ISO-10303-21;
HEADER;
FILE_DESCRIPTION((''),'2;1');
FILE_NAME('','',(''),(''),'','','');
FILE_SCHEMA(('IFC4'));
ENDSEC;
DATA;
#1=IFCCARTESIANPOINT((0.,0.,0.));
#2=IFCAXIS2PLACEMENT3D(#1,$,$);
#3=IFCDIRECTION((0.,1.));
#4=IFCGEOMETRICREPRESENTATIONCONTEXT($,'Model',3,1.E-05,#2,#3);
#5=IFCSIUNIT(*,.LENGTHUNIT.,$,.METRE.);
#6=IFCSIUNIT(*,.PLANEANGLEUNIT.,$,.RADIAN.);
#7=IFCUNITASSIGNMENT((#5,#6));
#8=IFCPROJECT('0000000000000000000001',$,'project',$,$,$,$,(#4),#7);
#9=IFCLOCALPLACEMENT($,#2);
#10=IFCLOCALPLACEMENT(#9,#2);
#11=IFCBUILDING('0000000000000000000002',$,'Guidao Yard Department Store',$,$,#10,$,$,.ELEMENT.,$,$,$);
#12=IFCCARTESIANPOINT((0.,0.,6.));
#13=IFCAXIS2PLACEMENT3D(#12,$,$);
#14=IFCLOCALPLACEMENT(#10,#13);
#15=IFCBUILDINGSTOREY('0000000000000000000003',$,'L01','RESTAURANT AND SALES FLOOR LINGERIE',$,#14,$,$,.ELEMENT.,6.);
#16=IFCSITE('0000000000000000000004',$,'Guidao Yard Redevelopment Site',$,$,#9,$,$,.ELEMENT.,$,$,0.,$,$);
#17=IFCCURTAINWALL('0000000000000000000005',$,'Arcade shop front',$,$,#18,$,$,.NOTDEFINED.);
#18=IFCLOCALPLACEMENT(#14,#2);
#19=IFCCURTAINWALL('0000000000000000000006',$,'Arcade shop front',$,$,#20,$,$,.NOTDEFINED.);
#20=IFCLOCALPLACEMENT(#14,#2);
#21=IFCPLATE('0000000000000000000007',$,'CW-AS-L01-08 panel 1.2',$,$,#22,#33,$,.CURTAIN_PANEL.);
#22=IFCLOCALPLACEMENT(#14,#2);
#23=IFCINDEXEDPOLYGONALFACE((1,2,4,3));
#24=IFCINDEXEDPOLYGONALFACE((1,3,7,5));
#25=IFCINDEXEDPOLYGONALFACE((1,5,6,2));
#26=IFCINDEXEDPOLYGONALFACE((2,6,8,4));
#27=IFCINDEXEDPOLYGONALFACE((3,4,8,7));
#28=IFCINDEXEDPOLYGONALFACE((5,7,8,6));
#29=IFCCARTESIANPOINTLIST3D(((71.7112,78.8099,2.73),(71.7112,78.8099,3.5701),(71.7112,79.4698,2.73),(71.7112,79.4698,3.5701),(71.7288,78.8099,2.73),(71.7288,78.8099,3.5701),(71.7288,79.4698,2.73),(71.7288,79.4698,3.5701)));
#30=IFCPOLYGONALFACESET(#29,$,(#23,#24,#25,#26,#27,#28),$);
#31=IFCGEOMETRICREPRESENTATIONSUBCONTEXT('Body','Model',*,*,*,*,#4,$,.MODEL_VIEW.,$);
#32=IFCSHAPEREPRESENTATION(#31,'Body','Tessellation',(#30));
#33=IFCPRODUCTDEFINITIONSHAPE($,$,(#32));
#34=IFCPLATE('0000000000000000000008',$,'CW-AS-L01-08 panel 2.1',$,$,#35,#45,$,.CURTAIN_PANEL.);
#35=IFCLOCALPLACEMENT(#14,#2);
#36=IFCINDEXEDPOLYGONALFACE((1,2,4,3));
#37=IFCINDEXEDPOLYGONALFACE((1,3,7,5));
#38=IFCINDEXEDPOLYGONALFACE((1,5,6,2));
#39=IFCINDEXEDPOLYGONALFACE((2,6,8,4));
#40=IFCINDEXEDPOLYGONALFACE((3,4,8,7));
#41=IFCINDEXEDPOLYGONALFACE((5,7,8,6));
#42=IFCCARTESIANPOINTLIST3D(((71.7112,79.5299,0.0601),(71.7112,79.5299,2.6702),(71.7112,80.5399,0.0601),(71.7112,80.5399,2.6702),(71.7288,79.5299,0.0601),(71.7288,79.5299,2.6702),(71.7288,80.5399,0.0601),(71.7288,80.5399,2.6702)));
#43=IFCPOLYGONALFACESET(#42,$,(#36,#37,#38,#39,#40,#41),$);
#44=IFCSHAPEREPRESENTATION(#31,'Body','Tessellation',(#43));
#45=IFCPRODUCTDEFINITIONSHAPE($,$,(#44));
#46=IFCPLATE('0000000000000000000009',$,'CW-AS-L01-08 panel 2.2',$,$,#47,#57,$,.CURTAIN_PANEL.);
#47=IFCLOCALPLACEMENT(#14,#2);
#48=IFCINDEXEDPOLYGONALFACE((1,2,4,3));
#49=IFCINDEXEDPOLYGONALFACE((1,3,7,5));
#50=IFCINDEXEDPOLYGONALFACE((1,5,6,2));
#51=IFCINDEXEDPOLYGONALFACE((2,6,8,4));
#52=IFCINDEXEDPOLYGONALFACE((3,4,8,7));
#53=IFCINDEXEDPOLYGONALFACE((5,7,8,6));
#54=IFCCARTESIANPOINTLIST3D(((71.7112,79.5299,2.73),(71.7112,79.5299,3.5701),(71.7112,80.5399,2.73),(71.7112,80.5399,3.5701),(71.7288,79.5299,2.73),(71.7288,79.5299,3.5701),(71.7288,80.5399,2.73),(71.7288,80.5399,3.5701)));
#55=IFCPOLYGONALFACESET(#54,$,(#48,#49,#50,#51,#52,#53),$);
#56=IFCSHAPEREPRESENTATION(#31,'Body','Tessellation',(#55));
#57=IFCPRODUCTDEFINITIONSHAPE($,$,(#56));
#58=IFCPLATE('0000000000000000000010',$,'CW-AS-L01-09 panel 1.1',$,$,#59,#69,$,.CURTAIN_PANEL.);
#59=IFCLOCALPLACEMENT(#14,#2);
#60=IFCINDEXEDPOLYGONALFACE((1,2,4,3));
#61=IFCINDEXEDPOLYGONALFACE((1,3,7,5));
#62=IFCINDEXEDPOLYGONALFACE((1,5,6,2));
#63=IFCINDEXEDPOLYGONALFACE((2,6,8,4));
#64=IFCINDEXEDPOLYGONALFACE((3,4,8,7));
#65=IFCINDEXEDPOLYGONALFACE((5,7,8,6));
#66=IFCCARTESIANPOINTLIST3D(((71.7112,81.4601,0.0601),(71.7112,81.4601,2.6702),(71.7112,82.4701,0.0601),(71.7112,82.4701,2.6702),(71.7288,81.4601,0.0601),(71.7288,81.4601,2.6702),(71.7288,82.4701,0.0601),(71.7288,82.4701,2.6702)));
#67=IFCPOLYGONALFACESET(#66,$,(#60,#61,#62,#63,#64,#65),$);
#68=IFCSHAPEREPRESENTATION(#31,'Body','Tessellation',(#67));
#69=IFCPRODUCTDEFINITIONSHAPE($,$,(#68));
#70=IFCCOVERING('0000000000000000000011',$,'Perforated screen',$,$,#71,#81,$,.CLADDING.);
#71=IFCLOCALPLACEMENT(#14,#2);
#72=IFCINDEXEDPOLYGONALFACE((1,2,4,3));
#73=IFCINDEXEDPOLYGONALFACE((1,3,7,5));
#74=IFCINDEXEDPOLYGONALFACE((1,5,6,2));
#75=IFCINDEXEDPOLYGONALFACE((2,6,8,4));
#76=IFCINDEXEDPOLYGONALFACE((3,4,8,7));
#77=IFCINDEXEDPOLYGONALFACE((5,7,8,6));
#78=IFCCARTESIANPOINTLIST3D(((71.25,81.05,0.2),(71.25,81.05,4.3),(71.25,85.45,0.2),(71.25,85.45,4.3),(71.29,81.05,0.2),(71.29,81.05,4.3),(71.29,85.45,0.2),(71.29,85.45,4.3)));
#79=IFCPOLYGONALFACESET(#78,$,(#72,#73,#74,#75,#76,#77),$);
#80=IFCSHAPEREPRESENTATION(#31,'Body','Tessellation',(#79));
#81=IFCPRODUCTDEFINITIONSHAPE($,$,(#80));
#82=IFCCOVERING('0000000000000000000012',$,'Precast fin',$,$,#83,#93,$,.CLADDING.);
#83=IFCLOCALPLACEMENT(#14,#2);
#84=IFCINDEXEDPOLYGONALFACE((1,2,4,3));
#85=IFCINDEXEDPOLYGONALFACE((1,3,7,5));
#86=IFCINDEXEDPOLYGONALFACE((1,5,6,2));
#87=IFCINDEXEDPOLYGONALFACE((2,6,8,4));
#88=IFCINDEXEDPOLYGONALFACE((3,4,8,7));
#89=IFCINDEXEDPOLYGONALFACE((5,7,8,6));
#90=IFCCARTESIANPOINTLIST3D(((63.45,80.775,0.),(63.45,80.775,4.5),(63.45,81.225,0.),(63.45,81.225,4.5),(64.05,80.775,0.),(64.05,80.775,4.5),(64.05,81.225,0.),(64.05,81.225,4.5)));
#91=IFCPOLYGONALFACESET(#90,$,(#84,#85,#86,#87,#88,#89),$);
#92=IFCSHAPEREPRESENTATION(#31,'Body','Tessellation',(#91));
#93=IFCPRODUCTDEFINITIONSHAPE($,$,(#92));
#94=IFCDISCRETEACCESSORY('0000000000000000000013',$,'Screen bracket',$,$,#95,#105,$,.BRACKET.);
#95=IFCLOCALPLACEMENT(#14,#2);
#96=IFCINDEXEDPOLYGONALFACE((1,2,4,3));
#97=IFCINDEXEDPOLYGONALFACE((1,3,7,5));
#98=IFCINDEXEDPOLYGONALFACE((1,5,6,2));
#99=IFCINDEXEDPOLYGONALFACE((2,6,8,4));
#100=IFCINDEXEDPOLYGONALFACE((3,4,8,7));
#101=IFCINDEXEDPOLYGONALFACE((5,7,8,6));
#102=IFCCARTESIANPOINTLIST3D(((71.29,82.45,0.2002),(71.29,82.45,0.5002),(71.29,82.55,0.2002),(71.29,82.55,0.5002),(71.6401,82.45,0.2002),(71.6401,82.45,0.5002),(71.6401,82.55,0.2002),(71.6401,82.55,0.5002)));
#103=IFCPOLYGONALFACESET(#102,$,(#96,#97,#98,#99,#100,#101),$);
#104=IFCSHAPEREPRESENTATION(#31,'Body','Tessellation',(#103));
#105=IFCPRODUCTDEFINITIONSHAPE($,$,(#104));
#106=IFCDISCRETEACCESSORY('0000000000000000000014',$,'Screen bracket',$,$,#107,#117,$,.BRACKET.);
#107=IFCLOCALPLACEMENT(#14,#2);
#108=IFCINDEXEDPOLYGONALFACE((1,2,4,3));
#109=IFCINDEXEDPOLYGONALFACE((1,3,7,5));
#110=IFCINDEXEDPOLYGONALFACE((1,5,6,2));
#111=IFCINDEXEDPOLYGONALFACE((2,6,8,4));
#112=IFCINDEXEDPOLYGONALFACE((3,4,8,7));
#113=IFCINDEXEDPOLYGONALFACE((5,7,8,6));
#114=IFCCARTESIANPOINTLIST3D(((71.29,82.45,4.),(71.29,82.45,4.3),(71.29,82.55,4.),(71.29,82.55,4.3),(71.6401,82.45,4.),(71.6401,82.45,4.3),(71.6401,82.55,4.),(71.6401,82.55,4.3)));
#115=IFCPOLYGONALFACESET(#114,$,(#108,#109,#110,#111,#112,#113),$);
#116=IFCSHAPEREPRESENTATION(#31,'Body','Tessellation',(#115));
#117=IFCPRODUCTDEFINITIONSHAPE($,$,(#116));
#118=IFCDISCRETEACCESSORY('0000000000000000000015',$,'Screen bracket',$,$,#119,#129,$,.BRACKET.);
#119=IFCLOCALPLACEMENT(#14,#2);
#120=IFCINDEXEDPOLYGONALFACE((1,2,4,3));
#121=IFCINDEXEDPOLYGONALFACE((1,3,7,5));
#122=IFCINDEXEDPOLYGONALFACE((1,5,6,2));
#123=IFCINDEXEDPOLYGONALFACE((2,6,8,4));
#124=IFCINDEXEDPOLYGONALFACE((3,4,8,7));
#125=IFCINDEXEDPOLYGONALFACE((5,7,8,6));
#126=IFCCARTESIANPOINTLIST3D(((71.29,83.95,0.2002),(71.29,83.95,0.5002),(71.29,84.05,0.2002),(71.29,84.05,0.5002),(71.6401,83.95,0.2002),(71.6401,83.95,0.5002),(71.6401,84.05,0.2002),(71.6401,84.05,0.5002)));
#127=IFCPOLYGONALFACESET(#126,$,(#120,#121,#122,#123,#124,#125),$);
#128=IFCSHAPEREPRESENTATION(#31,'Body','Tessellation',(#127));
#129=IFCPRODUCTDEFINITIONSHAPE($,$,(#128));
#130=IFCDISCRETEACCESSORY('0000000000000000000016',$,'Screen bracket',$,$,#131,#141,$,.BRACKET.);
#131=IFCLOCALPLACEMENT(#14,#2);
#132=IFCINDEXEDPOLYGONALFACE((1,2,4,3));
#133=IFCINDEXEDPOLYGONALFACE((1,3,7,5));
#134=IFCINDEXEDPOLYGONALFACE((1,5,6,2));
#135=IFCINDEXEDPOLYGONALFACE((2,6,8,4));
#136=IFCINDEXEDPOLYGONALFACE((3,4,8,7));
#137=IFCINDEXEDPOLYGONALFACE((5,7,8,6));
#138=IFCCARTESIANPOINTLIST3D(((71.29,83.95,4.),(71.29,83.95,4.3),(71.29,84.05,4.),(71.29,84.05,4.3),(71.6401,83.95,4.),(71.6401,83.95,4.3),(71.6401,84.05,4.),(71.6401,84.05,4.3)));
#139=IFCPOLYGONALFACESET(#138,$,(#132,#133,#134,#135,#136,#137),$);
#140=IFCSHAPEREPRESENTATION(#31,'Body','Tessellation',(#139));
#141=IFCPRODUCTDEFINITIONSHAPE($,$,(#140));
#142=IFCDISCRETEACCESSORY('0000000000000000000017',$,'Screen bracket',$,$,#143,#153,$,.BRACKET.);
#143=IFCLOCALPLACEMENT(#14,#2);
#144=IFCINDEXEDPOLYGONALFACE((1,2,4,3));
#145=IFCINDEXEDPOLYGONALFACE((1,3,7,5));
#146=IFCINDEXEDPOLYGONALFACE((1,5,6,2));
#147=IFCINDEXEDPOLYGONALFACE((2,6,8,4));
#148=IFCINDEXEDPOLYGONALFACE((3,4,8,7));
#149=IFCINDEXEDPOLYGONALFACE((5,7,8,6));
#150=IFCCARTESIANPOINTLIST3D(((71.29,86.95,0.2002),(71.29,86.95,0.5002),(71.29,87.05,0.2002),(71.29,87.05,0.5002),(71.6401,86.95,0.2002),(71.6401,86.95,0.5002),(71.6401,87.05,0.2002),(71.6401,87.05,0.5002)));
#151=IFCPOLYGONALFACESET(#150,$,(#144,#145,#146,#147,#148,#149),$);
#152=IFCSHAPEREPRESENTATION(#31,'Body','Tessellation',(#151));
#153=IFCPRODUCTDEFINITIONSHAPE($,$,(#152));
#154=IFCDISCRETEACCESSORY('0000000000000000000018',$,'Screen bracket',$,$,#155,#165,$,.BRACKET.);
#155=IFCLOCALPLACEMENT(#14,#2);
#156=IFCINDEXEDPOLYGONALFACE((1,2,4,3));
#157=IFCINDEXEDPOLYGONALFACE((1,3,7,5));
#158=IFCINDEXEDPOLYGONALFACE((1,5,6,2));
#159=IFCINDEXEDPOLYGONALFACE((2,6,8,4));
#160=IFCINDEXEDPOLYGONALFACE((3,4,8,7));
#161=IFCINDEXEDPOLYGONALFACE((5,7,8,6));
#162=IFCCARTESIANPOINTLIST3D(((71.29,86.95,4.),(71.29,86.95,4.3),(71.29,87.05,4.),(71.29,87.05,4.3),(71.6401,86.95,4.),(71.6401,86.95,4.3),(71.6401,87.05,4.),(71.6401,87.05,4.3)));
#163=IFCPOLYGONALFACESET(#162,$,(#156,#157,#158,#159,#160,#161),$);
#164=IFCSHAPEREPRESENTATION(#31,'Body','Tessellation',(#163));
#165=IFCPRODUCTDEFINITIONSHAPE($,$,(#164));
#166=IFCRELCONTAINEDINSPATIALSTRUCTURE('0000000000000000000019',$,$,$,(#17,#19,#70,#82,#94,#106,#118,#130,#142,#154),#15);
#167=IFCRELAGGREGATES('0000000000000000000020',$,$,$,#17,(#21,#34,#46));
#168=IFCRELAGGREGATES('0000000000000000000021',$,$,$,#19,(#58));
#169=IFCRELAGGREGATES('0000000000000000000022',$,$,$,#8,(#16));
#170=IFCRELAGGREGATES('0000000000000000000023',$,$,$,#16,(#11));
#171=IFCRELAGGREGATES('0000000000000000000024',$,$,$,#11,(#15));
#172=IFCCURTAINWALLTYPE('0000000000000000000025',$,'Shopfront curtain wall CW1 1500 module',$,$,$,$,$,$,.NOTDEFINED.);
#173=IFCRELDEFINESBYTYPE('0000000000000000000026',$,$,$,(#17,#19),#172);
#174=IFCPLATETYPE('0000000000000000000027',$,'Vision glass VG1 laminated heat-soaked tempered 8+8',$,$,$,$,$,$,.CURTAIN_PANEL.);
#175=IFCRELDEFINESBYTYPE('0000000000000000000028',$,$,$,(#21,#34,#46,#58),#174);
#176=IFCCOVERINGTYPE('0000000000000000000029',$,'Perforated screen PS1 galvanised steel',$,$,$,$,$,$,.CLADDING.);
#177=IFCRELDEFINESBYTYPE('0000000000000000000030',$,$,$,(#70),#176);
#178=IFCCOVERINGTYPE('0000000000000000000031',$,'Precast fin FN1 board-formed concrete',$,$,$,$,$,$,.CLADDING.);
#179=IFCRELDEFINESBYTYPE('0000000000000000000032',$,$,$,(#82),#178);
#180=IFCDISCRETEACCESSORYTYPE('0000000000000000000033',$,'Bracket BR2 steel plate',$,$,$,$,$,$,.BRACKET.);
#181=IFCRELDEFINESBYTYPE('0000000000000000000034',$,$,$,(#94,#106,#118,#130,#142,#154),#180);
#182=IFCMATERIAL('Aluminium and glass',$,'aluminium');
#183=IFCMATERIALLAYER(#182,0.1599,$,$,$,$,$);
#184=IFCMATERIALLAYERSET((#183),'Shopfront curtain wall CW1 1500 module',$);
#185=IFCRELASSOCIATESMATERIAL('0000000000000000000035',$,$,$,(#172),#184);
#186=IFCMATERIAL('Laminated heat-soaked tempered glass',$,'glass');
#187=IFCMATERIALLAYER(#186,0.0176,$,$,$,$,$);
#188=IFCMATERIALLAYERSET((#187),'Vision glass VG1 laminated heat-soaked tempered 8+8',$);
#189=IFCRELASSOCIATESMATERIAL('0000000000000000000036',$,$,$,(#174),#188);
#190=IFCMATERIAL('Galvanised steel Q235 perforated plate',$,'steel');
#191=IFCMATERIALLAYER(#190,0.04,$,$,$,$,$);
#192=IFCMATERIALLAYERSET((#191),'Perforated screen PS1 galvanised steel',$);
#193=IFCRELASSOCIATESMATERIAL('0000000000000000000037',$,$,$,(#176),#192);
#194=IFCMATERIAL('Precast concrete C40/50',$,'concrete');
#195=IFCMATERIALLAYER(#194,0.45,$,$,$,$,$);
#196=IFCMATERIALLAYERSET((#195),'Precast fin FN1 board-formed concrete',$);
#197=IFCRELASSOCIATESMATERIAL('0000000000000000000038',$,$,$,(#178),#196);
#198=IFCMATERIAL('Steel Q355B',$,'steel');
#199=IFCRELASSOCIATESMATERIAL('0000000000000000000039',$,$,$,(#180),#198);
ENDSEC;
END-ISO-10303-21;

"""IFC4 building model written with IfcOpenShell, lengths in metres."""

from ifc_helpers import new_model, si_unit, direction, frame, origin, origin_2d, place, context, subcontext, project, spatial, rectangle, extrude, material, layer, layer_set, type_object, element, aggregate, save


model = new_model("IFC4")

# Units and contexts
model_context = context("Model", 3, precision=1e-05, world=origin(), true_north=direction((0.0, 1.0)))
body_context = subcontext(model_context, "Body", "Model", "MODEL_VIEW")
ifc_project = project(units=[si_unit("LENGTHUNIT", "METRE"), si_unit("PLANEANGLEUNIT", "RADIAN")], contexts=[model_context])

# Site, building, storey
site_placement = place(None, origin())
site = spatial("IfcSite", under=ifc_project, at=site_placement, Name="Guidao Yard Redevelopment Site", CompositionType="ELEMENT", RefElevation=0.0)
building_placement = place(site_placement, origin())
building = spatial("IfcBuilding", under=site, at=building_placement, Name="Guidao Yard Department Store", CompositionType="ELEMENT")
storey_placement = place(building_placement, frame((0.0, 0.0, 6.0)))
storey = spatial("IfcBuildingStorey", under=building, at=storey_placement, Name="L01", Description="RESTAURANT AND SALES FLOOR LINGERIE", CompositionType="ELEMENT", Elevation=6.0)

# Curtain wall
ifc_material_1 = material(Name="Aluminium and glass", Category="aluminium")
ifc_layer_1 = layer(ifc_material_1, 0.1599)
ifc_layer_set_1 = layer_set([ifc_layer_1], Name="Shopfront curtain wall CW1 1500 module")
curtain_wall_type = type_object("IfcCurtainWallType", Name="Shopfront curtain wall CW1 1500 module", PredefinedType="NOTDEFINED", material=ifc_layer_set_1)
curtain_wall_1_placement = place(storey_placement, origin())
curtain_wall_1 = element("IfcCurtainWall", 1, at=curtain_wall_1_placement, inside=storey, type_object=curtain_wall_type, Name="Arcade shop front", PredefinedType="NOTDEFINED")

# Curtain wall
curtain_wall_2_placement = place(storey_placement, origin())
curtain_wall_2 = element("IfcCurtainWall", 2, at=curtain_wall_2_placement, inside=storey, type_object=curtain_wall_type, Name="Arcade shop front", PredefinedType="NOTDEFINED")

# Plates
ifc_material_2 = material(Name="Laminated heat-soaked tempered glass", Category="glass")
ifc_layer_2 = layer(ifc_material_2, 0.0176)
ifc_layer_set_2 = layer_set([ifc_layer_2], Name="Vision glass VG1 laminated heat-soaked tempered 8+8")
plate_type_1 = type_object("IfcPlateType", Name="Vision glass VG1 laminated heat-soaked tempered 8+8", PredefinedType="CURTAIN_PANEL", material=ifc_layer_set_2)
plate_1_placement = place(storey_placement, frame((71.72, 79.1399, 2.73), z_axis=(0.0, 0.0, 1.0), x_axis=(0.0, 1.0, 0.0)))
plate_1 = element("IfcPlate", 3, at=plate_1_placement, type_object=plate_type_1, Name="CW-AS-L01-08 panel 1.2", PredefinedType="CURTAIN_PANEL", context=body_context, shape_type="SweptSolid", body=[
    extrude(rectangle(XDim=0.6599, YDim=0.0176, at=origin_2d()), origin(), (0.0, 0.0, 1.0), 0.8401),
])
plate_2_placement = place(storey_placement, frame((71.72, 80.0349, 0.0601), z_axis=(0.0, 0.0, 1.0), x_axis=(0.0, 1.0, 0.0)))
plate_2 = element("IfcPlate", 4, at=plate_2_placement, type_object=plate_type_1, Name="CW-AS-L01-08 panel 2.1", PredefinedType="CURTAIN_PANEL", context=body_context, shape_type="SweptSolid", body=[
    extrude(rectangle(XDim=1.01, YDim=0.0176, at=origin_2d()), origin(), (0.0, 0.0, 1.0), 2.6101),
])
plate_3_placement = place(storey_placement, frame((71.72, 80.0349, 2.73), z_axis=(0.0, 0.0, 1.0), x_axis=(0.0, 1.0, 0.0)))
plate_3 = element("IfcPlate", 5, at=plate_3_placement, type_object=plate_type_1, Name="CW-AS-L01-08 panel 2.2", PredefinedType="CURTAIN_PANEL", context=body_context, shape_type="SweptSolid", body=[
    extrude(rectangle(XDim=1.01, YDim=0.0176, at=origin_2d()), origin(), (0.0, 0.0, 1.0), 0.8401),
])
aggregate(curtain_wall_1, [plate_1, plate_2, plate_3])
plate_4_placement = place(storey_placement, frame((71.72, 81.9651, 0.0601), z_axis=(0.0, 0.0, 1.0), x_axis=(0.0, 1.0, 0.0)))
plate_4 = element("IfcPlate", 6, at=plate_4_placement, type_object=plate_type_1, Name="CW-AS-L01-09 panel 1.1", PredefinedType="CURTAIN_PANEL", context=body_context, shape_type="SweptSolid", body=[
    extrude(rectangle(XDim=1.01, YDim=0.0176, at=origin_2d()), origin(), (0.0, 0.0, 1.0), 2.6101),
])
aggregate(curtain_wall_2, [plate_4])

# Coverings
ifc_material_3 = material(Name="Galvanised steel Q235 perforated plate", Category="steel")
ifc_layer_3 = layer(ifc_material_3, 0.04)
ifc_layer_set_3 = layer_set([ifc_layer_3], Name="Perforated screen PS1 galvanised steel")
covering_type_1 = type_object("IfcCoveringType", Name="Perforated screen PS1 galvanised steel", PredefinedType="CLADDING", material=ifc_layer_set_3)
covering_1_placement = place(storey_placement, frame((71.27, 83.25, 0.2), z_axis=(0.0, 0.0, 1.0), x_axis=(0.0, 1.0, 0.0)))
element("IfcCovering", 7, at=covering_1_placement, inside=storey, type_object=covering_type_1, Name="Perforated screen", PredefinedType="CLADDING", context=body_context, shape_type="SweptSolid", body=[
    extrude(rectangle(XDim=4.3999, YDim=0.04, at=origin_2d()), origin(), (0.0, 0.0, 1.0), 4.1001),
])
ifc_material_4 = material(Name="Precast concrete C40/50", Category="concrete")
ifc_layer_4 = layer(ifc_material_4, 0.45)
ifc_layer_set_4 = layer_set([ifc_layer_4], Name="Precast fin FN1 board-formed concrete")
covering_type_2 = type_object("IfcCoveringType", Name="Precast fin FN1 board-formed concrete", PredefinedType="CLADDING", material=ifc_layer_set_4)
covering_2_placement = place(storey_placement, frame((63.75, 81.0, 0.0), z_axis=(0.0, 0.0, 1.0), x_axis=(0.0, -1.0, 0.0)))
element("IfcCovering", 8, at=covering_2_placement, inside=storey, type_object=covering_type_2, Name="Precast fin", PredefinedType="CLADDING", context=body_context, shape_type="SweptSolid", body=[
    extrude(rectangle(XDim=0.45, YDim=0.6001, at=origin_2d()), origin(), (0.0, 0.0, 1.0), 4.5),
])

# Discrete accessories
ifc_material_5 = material(Name="Steel Q355B", Category="steel")
discrete_accessory_type = type_object("IfcDiscreteAccessoryType", Name="Bracket BR2 steel plate", PredefinedType="BRACKET", material=ifc_material_5)
for number, where, z_axis, x_axis, name in (
    (9, (71.4651, 82.5, 0.2002), (0.0, 0.0, 1.0), (0.0, 1.0, 0.0), "Screen bracket"),
    (10, (71.4651, 82.5, 4.0), (0.0, 0.0, 1.0), (0.0, 1.0, 0.0), "Screen bracket"),
    (11, (71.4651, 84.0, 0.2002), (0.0, 0.0, 1.0), (0.0, 1.0, 0.0), "Screen bracket"),
    (12, (71.4651, 84.0, 4.0), (0.0, 0.0, 1.0), (0.0, 1.0, 0.0), "Screen bracket"),
    (13, (71.4651, 87.0, 0.2002), (0.0, 0.0, 1.0), (0.0, 1.0, 0.0), "Screen bracket"),
    (14, (71.4651, 87.0, 4.0), (0.0, 0.0, 1.0), (0.0, 1.0, 0.0), "Screen bracket"),
):
    element("IfcDiscreteAccessory", number, at=place(storey_placement, frame(where, z_axis=z_axis, x_axis=x_axis)), inside=storey, type_object=discrete_accessory_type, Name=name, PredefinedType="BRACKET", context=body_context, shape_type="SweptSolid", body=[
        extrude(rectangle(XDim=0.1001, YDim=0.3501, at=origin_2d()), origin(), (0.0, 0.0, 1.0), 0.3),
    ])

save(model, "model.ifc")
